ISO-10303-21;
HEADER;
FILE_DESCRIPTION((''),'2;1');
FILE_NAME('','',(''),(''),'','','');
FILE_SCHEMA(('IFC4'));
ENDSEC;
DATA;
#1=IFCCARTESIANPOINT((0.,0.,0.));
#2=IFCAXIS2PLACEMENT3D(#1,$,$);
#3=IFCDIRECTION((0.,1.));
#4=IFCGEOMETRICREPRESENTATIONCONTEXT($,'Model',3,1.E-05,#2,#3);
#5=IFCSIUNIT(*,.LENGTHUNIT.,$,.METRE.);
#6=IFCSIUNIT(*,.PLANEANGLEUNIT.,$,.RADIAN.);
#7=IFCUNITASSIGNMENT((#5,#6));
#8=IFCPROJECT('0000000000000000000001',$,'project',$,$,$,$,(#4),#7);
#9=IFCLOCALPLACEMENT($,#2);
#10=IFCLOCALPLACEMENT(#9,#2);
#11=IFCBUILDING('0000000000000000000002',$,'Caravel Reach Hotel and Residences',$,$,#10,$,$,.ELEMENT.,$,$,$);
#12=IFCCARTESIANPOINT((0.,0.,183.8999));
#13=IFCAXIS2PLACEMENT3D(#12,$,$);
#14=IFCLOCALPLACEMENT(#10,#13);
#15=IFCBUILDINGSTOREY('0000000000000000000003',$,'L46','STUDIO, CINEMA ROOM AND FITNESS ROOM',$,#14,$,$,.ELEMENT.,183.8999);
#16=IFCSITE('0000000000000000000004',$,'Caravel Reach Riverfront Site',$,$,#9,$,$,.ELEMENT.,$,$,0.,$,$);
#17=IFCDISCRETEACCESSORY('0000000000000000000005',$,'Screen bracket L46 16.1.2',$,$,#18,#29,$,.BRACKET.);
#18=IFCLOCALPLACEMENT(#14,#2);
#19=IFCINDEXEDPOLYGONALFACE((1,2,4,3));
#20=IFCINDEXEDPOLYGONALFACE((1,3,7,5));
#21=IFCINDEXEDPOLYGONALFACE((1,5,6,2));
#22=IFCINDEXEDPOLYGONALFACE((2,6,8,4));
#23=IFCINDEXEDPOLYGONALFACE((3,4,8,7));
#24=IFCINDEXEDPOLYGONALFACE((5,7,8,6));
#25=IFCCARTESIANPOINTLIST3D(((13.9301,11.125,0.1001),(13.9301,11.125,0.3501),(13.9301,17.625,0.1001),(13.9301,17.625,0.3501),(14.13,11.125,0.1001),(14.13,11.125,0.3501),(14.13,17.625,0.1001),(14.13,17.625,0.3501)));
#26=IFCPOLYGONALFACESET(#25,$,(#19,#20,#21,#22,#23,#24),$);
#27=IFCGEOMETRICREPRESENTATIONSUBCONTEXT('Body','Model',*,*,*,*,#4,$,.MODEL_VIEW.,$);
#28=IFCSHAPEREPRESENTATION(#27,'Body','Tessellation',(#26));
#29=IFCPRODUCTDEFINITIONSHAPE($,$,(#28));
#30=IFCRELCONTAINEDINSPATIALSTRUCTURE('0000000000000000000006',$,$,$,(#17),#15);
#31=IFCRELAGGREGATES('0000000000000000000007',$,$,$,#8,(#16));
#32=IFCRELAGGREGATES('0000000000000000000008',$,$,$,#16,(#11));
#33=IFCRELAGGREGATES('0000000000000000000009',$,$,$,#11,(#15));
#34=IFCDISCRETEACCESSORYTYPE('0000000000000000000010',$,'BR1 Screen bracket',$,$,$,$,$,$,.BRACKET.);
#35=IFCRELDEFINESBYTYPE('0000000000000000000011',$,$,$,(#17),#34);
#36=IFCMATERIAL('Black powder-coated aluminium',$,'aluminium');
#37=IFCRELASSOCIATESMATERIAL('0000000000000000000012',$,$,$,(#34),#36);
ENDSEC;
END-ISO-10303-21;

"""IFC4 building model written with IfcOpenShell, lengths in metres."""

from ifc_helpers import new_model, si_unit, direction, frame, origin, origin_2d, place, context, subcontext, project, spatial, rectangle, extrude, material, type_object, element, save


model = new_model("IFC4")

# Units and contexts
model_context = context("Model", 3, precision=1e-05, world=origin(), true_north=direction((0.0, 1.0)))
body_context = subcontext(model_context, "Body", "Model", "MODEL_VIEW")
ifc_project = project(units=[si_unit("LENGTHUNIT", "METRE"), si_unit("PLANEANGLEUNIT", "RADIAN")], contexts=[model_context])

# Site, building, storey
site_placement = place(None, origin())
site = spatial("IfcSite", under=ifc_project, at=site_placement, Name="Caravel Reach Riverfront Site", CompositionType="ELEMENT", RefElevation=0.0)
building_placement = place(site_placement, origin())
building = spatial("IfcBuilding", under=site, at=building_placement, Name="Caravel Reach Hotel and Residences", CompositionType="ELEMENT")
storey_placement = place(building_placement, frame((0.0, 0.0, 183.8999)))
storey = spatial("IfcBuildingStorey", under=building, at=storey_placement, Name="L46", Description="STUDIO, CINEMA ROOM AND FITNESS ROOM", CompositionType="ELEMENT", Elevation=183.8999)

# Discrete accessory
ifc_material_1 = material(Name="Black powder-coated aluminium", Category="aluminium")
discrete_accessory_type = type_object("IfcDiscreteAccessoryType", Name="BR1 Screen bracket", PredefinedType="BRACKET", material=ifc_material_1)
discrete_accessory_1_placement = place(storey_placement, frame((14.03, 14.375, 0.1001), z_axis=(0.0, 0.0, 1.0), x_axis=(0.0, -1.0, 0.0)))
element("IfcDiscreteAccessory", 1, at=discrete_accessory_1_placement, inside=storey, type_object=discrete_accessory_type, Name="Screen bracket L46 16.1.2", PredefinedType="BRACKET", context=body_context, shape_type="SweptSolid", body=[
    extrude(rectangle(XDim=6.5, YDim=0.2, at=origin_2d()), origin(), (0.0, 0.0, 1.0), 0.25),
])

save(model, "model.ifc")
